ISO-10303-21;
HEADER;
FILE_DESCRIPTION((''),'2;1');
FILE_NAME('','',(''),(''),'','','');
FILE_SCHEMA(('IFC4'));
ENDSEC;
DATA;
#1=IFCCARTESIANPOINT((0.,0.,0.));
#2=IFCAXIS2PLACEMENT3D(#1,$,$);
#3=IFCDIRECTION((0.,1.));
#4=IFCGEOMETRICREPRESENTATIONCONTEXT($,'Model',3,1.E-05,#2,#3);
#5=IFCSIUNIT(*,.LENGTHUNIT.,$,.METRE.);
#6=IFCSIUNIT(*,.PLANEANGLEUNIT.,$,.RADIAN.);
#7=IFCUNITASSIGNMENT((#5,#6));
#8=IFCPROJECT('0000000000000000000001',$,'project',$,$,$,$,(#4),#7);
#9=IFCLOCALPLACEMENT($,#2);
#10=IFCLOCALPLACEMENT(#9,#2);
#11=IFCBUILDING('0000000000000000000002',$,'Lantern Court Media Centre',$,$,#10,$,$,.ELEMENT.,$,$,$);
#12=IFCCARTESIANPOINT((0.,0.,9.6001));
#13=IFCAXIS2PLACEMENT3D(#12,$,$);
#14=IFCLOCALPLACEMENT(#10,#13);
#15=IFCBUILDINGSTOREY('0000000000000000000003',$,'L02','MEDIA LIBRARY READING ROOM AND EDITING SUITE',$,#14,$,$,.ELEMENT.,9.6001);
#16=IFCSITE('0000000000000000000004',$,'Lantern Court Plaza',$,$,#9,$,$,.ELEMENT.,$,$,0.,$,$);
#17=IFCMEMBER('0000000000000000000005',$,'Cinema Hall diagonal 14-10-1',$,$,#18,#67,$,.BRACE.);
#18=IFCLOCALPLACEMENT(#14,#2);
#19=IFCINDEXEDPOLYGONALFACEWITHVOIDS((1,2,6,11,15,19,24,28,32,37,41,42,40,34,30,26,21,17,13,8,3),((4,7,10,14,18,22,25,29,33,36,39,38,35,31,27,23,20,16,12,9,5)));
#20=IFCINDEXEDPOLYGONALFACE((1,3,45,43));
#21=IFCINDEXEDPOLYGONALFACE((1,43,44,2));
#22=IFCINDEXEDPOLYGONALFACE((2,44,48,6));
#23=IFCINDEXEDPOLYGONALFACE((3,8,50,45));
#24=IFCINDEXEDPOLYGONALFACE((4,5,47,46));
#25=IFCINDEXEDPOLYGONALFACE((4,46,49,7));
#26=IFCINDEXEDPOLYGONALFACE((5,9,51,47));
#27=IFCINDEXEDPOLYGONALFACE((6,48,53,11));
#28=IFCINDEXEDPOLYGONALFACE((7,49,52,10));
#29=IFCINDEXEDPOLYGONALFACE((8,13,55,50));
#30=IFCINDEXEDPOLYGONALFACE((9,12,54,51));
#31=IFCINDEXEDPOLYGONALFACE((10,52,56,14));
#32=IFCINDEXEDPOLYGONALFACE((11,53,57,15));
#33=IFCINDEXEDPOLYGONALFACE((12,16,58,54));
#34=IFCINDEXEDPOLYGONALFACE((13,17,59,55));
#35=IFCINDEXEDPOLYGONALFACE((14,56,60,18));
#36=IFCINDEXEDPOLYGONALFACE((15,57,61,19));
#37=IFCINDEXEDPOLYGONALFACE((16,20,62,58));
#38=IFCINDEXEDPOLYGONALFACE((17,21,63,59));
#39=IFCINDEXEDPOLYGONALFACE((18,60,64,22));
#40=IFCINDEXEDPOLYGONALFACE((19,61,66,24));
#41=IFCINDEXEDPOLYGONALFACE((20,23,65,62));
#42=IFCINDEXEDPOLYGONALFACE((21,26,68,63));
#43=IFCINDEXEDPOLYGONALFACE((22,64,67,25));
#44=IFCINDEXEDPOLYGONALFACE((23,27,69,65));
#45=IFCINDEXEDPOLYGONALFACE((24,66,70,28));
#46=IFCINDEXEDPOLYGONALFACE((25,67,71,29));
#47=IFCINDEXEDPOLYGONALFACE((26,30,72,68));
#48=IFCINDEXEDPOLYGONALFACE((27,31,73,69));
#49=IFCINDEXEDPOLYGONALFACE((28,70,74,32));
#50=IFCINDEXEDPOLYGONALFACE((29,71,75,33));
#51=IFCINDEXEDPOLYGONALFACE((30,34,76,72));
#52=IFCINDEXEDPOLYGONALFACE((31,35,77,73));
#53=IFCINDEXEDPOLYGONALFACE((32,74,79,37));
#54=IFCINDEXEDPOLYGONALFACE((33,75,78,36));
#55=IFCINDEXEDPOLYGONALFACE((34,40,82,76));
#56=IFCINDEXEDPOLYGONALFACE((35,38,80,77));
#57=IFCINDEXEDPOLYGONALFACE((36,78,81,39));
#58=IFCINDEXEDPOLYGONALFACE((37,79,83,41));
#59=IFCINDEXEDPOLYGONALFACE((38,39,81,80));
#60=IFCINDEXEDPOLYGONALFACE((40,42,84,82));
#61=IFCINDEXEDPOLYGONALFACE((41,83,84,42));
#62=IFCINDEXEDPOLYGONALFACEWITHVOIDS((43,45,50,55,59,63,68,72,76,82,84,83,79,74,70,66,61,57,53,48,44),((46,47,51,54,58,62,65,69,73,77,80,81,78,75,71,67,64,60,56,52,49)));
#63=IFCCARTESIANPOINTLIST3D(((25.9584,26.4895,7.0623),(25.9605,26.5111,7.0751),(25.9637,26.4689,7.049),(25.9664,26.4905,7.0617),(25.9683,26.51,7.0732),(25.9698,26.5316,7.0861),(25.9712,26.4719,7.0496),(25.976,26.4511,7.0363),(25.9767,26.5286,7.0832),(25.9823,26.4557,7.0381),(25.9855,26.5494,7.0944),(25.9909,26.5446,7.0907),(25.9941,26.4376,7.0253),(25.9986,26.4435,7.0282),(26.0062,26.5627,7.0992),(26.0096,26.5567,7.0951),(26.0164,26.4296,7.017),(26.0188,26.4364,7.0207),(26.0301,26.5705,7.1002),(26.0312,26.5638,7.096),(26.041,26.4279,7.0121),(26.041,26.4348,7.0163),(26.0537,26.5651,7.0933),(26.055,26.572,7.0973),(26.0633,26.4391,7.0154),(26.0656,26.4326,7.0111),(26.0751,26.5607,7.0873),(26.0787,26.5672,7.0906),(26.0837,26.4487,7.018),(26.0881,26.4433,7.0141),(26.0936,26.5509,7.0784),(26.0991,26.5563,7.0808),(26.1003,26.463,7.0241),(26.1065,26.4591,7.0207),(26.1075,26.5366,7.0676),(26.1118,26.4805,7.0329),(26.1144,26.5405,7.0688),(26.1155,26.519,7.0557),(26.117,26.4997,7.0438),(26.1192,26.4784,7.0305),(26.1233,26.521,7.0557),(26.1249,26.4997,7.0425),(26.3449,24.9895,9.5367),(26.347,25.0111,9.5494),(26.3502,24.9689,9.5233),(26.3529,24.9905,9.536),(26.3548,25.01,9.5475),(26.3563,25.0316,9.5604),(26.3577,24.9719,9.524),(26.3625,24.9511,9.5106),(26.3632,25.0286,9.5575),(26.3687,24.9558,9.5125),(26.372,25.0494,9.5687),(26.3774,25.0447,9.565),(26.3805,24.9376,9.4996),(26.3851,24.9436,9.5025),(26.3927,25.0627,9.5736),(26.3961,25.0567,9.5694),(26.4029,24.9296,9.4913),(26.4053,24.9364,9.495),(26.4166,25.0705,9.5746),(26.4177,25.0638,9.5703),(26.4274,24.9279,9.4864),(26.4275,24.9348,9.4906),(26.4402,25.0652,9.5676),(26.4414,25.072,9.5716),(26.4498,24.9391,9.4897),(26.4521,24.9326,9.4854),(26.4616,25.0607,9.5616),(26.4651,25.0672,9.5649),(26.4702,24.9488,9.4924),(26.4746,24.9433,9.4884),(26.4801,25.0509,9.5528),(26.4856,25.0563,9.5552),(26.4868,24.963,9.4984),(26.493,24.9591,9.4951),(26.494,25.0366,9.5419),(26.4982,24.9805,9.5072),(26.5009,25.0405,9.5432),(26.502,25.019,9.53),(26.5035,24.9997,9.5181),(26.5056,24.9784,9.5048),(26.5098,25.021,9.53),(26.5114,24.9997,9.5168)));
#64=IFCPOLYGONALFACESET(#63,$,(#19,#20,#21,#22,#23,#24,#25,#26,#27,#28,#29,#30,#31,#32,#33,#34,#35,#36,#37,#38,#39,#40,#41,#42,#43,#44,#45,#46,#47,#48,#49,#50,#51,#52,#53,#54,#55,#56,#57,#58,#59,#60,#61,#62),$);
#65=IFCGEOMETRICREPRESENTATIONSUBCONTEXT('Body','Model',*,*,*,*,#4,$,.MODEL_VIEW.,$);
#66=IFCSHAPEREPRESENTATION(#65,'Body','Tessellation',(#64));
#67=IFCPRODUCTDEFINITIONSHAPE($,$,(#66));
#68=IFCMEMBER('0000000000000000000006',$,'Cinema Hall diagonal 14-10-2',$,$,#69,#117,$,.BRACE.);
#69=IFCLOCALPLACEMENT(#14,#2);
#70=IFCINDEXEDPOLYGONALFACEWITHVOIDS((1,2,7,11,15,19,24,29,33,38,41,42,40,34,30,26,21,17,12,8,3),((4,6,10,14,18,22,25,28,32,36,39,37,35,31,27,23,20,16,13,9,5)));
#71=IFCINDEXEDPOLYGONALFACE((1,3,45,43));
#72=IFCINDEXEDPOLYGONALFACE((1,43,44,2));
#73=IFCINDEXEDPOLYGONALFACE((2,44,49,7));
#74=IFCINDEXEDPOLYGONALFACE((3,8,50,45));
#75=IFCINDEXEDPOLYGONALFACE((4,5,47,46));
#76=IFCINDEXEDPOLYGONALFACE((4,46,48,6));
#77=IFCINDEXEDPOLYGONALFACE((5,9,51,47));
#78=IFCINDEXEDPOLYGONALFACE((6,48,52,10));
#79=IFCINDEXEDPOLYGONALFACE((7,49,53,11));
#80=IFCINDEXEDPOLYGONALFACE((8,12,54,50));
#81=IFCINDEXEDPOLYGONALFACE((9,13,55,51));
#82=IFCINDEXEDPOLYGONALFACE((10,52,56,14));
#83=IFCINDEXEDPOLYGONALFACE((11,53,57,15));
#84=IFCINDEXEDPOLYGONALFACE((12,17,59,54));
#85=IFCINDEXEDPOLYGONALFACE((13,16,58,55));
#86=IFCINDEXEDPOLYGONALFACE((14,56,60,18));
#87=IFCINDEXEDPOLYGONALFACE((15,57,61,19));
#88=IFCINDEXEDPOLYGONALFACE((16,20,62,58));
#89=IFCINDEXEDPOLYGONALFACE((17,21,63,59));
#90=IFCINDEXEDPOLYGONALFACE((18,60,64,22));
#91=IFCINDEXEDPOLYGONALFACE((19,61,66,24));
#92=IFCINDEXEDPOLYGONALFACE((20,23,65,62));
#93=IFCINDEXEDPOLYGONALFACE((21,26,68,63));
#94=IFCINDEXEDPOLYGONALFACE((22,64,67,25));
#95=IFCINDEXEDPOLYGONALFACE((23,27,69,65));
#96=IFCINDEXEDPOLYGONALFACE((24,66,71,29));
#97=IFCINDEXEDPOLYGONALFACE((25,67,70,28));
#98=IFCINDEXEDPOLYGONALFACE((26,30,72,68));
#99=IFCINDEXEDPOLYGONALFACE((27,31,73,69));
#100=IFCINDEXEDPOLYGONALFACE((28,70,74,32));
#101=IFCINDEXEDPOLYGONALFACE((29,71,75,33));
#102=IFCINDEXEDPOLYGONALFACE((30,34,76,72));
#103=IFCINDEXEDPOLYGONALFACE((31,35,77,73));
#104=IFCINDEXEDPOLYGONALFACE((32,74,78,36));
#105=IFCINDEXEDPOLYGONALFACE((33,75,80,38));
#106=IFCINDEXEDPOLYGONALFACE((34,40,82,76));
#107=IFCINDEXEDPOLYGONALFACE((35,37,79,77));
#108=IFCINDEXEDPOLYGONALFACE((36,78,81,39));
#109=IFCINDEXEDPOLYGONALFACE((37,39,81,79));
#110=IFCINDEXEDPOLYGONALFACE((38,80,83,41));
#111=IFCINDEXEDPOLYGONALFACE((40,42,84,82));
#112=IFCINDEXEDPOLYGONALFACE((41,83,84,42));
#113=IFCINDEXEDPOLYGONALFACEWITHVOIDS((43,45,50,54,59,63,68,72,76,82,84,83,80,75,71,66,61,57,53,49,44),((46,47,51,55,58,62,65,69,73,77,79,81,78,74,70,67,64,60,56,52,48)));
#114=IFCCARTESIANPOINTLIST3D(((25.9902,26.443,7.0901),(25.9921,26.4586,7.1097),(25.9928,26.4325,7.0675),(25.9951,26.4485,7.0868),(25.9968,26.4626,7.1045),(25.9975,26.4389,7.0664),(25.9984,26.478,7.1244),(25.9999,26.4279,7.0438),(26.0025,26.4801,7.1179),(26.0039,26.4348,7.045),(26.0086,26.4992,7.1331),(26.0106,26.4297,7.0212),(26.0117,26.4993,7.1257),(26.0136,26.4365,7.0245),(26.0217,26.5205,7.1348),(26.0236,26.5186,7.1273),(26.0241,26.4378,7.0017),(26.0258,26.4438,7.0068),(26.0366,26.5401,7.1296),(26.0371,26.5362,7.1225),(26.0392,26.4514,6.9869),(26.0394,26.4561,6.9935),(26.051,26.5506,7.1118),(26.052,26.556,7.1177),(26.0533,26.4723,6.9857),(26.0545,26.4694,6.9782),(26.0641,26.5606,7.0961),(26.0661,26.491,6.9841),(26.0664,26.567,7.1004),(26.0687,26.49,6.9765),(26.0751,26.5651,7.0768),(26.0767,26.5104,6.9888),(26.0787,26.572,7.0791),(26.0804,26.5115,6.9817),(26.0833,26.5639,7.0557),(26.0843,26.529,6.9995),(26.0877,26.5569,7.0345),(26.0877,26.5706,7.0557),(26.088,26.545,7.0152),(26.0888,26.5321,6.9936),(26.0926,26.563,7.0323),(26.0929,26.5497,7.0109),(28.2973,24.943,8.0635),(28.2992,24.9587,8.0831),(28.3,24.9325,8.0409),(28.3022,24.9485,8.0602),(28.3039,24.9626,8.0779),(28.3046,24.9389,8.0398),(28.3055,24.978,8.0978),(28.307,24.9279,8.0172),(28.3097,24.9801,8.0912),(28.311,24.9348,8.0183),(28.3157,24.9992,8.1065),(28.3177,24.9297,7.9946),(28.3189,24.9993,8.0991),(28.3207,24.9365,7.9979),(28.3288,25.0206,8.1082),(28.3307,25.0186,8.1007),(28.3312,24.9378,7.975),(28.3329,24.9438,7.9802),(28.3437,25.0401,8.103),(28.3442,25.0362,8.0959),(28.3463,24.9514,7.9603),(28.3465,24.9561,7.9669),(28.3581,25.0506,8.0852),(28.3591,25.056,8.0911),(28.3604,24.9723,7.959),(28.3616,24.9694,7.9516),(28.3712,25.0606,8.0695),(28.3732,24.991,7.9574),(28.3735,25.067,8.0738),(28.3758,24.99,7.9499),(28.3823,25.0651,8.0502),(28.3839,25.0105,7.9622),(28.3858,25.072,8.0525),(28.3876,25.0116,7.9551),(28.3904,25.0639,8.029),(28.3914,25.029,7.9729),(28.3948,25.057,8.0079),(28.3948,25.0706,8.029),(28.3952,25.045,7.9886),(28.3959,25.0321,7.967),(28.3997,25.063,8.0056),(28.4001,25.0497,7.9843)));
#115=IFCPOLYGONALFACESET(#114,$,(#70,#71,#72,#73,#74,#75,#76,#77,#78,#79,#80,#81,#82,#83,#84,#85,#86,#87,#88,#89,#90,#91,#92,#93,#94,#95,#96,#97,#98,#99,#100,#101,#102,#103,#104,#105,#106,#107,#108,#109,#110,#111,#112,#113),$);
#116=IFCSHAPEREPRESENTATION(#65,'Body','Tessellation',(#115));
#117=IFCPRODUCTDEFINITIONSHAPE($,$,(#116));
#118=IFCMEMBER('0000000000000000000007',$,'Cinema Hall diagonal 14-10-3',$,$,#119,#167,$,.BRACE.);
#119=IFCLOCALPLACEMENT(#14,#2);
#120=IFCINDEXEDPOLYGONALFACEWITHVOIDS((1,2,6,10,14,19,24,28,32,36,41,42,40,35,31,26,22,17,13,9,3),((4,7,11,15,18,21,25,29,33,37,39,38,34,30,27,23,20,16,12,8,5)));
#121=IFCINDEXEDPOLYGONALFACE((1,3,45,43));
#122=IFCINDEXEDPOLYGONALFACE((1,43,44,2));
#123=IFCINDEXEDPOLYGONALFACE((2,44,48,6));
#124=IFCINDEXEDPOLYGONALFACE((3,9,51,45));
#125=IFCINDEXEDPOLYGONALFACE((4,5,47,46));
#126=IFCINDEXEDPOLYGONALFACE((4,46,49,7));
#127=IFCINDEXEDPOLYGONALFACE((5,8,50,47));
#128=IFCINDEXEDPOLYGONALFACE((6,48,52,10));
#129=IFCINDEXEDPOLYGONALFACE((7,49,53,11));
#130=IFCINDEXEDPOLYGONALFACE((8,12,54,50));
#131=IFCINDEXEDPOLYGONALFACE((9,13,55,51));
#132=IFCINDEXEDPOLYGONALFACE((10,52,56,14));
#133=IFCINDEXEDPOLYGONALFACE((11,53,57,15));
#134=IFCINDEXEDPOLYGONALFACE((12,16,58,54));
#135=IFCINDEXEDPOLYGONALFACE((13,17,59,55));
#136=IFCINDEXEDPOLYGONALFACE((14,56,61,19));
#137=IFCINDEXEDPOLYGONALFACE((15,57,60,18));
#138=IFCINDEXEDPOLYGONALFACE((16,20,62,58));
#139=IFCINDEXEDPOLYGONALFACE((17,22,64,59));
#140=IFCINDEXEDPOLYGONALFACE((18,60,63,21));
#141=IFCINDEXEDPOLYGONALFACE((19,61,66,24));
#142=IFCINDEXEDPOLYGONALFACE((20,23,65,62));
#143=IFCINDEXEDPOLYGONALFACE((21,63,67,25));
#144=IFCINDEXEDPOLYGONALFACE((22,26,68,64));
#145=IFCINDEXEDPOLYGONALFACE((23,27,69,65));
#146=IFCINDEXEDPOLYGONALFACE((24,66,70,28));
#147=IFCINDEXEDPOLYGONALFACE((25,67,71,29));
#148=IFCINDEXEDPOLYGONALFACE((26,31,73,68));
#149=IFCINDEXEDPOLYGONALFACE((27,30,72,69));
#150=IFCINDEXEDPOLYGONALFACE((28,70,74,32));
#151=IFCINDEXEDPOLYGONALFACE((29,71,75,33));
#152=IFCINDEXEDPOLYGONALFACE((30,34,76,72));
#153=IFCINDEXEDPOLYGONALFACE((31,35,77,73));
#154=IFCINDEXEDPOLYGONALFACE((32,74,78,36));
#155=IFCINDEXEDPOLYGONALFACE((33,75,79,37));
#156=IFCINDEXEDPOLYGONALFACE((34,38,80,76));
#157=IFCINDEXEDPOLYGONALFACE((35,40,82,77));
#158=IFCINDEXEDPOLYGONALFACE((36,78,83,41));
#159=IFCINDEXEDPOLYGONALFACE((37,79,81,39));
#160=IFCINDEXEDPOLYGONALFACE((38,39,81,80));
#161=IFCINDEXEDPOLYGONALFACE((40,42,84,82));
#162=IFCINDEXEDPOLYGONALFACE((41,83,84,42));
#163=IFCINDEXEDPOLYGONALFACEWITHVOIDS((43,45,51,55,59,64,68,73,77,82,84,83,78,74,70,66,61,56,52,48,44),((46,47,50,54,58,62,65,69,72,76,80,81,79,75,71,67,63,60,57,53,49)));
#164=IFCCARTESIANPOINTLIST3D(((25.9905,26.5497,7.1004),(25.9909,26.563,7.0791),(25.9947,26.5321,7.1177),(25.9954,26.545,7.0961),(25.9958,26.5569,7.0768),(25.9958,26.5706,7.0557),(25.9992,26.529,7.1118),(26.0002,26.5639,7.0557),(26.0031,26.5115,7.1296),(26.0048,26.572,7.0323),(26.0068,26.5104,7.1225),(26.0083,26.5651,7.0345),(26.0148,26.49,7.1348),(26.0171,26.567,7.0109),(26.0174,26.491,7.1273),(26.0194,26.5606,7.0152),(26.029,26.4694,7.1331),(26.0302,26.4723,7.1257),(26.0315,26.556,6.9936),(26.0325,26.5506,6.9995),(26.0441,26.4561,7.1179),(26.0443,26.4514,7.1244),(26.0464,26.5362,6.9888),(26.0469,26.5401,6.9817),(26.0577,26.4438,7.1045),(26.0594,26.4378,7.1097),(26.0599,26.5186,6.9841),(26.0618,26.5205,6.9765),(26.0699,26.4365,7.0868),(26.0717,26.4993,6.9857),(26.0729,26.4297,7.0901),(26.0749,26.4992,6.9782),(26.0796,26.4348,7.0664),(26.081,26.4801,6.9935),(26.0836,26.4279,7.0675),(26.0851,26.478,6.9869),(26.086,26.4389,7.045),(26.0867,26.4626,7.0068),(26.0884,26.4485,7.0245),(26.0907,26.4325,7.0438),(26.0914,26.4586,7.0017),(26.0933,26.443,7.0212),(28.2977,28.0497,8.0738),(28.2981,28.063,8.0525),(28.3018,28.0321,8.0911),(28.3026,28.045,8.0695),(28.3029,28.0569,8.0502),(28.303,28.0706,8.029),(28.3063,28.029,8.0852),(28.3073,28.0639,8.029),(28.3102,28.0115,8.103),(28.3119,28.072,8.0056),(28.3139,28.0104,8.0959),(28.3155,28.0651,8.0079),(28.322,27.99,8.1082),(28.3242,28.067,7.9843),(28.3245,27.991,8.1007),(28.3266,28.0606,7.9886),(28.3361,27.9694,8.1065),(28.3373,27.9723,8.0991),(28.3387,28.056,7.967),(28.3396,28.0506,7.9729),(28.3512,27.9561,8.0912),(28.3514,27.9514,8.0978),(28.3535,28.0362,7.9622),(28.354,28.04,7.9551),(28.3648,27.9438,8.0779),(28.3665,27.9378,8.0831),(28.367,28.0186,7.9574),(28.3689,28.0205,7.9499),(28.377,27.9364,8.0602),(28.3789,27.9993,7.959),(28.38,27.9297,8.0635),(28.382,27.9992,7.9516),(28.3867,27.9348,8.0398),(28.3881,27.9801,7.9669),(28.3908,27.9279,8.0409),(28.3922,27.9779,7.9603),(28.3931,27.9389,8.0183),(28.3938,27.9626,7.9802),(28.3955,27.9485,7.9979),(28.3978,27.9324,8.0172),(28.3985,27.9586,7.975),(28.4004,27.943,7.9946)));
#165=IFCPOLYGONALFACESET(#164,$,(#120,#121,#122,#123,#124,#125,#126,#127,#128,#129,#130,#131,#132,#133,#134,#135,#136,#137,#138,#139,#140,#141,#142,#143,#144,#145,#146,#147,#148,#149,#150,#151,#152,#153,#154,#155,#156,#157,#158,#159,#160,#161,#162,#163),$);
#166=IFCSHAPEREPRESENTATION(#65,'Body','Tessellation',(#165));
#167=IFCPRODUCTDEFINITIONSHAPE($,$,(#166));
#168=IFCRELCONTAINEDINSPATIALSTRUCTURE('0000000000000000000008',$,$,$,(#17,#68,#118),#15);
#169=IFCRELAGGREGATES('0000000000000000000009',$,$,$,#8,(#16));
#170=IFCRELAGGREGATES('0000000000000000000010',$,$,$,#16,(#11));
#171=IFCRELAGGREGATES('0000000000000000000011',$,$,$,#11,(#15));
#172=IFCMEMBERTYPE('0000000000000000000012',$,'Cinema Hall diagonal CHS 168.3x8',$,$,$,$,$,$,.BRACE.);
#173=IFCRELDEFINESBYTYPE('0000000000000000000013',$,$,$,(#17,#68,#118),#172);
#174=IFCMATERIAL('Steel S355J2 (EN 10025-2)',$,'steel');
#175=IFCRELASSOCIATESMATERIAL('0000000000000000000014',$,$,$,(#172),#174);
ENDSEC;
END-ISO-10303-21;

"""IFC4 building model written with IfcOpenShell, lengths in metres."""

from ifc_helpers import new_model, si_unit, direction, frame, origin, origin_2d, place, context, subcontext, project, spatial, hollow_circle, extrude, material, material_profile, profile_set, type_object, element, save


model = new_model("IFC4")

# Units and contexts
model_context = context("Model", 3, precision=1e-05, world=origin(), true_north=direction((0.0, 1.0)))
body_context = subcontext(model_context, "Body", "Model", "MODEL_VIEW")
ifc_project = project(units=[si_unit("LENGTHUNIT", "METRE"), si_unit("PLANEANGLEUNIT", "RADIAN")], contexts=[model_context])

# Site, building, storey
site_placement = place(None, origin())
site = spatial("IfcSite", under=ifc_project, at=site_placement, Name="Lantern Court Plaza", CompositionType="ELEMENT", RefElevation=0.0)
building_placement = place(site_placement, origin())
building = spatial("IfcBuilding", under=site, at=building_placement, Name="Lantern Court Media Centre", CompositionType="ELEMENT")
storey_placement = place(building_placement, frame((0.0, 0.0, 9.6001)))
storey = spatial("IfcBuildingStorey", under=building, at=storey_placement, Name="L02", Description="MEDIA LIBRARY READING ROOM AND EDITING SUITE", CompositionType="ELEMENT", Elevation=9.6001)

# Members
ifc_material = material(Name="Steel S355J2 (EN 10025-2)", Category="steel")
ifc_material_profile_1 = material_profile(ifc_material, hollow_circle(Radius=0.0842, WallThickness=0.0081, at=origin_2d()), Name="Cinema Hall diagonal CHS 168.3x8")
ifc_profile_set_1 = profile_set([ifc_material_profile_1], Name="Steel S355J2 (EN 10025-2)")
member_type_1 = type_object("IfcMemberType", Name="Cinema Hall diagonal CHS 168.3x8", PredefinedType="BRACE", material=ifc_profile_set_1)
for number, where, z_axis, x_axis, name in (
    (1, (26.0417, 26.5, 7.0557), (0.13239, -0.513836, 0.847612), (0.968374, 0.249501, 0.0), "Cinema Hall diagonal 14-10-1"),
):
    element("IfcMember", number, at=place(storey_placement, frame(where, z_axis=z_axis, x_axis=x_axis)), inside=storey, type_object=member_type_1, Name=name, PredefinedType="BRACE", context=body_context, shape_type="SweptSolid", body=[
        extrude(hollow_circle(Radius=0.0842, WallThickness=0.0081, at=origin_2d()), origin(), (0.0, 0.0, 1.0), 2.9192),
    ])
for number, where, z_axis, x_axis, name in (
    (2, (26.0417, 26.5, 7.0557), (0.790394, -0.513882, 0.333471), (0.545082, 0.838383, 0.0), "Cinema Hall diagonal 14-10-2"),
    (3, (26.0417, 26.5, 7.0557), (0.790394, 0.513882, 0.333471), (-0.545082, 0.838383, 0.0), "Cinema Hall diagonal 14-10-3"),
):
    element("IfcMember", number, at=place(storey_placement, frame(where, z_axis=z_axis, x_axis=x_axis)), inside=storey, type_object=member_type_1, Name=name, PredefinedType="BRACE", context=body_context, shape_type="SweptSolid", body=[
        extrude(hollow_circle(Radius=0.0842, WallThickness=0.0081, at=origin_2d()), origin(), (0.0, 0.0, 1.0), 2.9189),
    ])

save(model, "model.ifc")
